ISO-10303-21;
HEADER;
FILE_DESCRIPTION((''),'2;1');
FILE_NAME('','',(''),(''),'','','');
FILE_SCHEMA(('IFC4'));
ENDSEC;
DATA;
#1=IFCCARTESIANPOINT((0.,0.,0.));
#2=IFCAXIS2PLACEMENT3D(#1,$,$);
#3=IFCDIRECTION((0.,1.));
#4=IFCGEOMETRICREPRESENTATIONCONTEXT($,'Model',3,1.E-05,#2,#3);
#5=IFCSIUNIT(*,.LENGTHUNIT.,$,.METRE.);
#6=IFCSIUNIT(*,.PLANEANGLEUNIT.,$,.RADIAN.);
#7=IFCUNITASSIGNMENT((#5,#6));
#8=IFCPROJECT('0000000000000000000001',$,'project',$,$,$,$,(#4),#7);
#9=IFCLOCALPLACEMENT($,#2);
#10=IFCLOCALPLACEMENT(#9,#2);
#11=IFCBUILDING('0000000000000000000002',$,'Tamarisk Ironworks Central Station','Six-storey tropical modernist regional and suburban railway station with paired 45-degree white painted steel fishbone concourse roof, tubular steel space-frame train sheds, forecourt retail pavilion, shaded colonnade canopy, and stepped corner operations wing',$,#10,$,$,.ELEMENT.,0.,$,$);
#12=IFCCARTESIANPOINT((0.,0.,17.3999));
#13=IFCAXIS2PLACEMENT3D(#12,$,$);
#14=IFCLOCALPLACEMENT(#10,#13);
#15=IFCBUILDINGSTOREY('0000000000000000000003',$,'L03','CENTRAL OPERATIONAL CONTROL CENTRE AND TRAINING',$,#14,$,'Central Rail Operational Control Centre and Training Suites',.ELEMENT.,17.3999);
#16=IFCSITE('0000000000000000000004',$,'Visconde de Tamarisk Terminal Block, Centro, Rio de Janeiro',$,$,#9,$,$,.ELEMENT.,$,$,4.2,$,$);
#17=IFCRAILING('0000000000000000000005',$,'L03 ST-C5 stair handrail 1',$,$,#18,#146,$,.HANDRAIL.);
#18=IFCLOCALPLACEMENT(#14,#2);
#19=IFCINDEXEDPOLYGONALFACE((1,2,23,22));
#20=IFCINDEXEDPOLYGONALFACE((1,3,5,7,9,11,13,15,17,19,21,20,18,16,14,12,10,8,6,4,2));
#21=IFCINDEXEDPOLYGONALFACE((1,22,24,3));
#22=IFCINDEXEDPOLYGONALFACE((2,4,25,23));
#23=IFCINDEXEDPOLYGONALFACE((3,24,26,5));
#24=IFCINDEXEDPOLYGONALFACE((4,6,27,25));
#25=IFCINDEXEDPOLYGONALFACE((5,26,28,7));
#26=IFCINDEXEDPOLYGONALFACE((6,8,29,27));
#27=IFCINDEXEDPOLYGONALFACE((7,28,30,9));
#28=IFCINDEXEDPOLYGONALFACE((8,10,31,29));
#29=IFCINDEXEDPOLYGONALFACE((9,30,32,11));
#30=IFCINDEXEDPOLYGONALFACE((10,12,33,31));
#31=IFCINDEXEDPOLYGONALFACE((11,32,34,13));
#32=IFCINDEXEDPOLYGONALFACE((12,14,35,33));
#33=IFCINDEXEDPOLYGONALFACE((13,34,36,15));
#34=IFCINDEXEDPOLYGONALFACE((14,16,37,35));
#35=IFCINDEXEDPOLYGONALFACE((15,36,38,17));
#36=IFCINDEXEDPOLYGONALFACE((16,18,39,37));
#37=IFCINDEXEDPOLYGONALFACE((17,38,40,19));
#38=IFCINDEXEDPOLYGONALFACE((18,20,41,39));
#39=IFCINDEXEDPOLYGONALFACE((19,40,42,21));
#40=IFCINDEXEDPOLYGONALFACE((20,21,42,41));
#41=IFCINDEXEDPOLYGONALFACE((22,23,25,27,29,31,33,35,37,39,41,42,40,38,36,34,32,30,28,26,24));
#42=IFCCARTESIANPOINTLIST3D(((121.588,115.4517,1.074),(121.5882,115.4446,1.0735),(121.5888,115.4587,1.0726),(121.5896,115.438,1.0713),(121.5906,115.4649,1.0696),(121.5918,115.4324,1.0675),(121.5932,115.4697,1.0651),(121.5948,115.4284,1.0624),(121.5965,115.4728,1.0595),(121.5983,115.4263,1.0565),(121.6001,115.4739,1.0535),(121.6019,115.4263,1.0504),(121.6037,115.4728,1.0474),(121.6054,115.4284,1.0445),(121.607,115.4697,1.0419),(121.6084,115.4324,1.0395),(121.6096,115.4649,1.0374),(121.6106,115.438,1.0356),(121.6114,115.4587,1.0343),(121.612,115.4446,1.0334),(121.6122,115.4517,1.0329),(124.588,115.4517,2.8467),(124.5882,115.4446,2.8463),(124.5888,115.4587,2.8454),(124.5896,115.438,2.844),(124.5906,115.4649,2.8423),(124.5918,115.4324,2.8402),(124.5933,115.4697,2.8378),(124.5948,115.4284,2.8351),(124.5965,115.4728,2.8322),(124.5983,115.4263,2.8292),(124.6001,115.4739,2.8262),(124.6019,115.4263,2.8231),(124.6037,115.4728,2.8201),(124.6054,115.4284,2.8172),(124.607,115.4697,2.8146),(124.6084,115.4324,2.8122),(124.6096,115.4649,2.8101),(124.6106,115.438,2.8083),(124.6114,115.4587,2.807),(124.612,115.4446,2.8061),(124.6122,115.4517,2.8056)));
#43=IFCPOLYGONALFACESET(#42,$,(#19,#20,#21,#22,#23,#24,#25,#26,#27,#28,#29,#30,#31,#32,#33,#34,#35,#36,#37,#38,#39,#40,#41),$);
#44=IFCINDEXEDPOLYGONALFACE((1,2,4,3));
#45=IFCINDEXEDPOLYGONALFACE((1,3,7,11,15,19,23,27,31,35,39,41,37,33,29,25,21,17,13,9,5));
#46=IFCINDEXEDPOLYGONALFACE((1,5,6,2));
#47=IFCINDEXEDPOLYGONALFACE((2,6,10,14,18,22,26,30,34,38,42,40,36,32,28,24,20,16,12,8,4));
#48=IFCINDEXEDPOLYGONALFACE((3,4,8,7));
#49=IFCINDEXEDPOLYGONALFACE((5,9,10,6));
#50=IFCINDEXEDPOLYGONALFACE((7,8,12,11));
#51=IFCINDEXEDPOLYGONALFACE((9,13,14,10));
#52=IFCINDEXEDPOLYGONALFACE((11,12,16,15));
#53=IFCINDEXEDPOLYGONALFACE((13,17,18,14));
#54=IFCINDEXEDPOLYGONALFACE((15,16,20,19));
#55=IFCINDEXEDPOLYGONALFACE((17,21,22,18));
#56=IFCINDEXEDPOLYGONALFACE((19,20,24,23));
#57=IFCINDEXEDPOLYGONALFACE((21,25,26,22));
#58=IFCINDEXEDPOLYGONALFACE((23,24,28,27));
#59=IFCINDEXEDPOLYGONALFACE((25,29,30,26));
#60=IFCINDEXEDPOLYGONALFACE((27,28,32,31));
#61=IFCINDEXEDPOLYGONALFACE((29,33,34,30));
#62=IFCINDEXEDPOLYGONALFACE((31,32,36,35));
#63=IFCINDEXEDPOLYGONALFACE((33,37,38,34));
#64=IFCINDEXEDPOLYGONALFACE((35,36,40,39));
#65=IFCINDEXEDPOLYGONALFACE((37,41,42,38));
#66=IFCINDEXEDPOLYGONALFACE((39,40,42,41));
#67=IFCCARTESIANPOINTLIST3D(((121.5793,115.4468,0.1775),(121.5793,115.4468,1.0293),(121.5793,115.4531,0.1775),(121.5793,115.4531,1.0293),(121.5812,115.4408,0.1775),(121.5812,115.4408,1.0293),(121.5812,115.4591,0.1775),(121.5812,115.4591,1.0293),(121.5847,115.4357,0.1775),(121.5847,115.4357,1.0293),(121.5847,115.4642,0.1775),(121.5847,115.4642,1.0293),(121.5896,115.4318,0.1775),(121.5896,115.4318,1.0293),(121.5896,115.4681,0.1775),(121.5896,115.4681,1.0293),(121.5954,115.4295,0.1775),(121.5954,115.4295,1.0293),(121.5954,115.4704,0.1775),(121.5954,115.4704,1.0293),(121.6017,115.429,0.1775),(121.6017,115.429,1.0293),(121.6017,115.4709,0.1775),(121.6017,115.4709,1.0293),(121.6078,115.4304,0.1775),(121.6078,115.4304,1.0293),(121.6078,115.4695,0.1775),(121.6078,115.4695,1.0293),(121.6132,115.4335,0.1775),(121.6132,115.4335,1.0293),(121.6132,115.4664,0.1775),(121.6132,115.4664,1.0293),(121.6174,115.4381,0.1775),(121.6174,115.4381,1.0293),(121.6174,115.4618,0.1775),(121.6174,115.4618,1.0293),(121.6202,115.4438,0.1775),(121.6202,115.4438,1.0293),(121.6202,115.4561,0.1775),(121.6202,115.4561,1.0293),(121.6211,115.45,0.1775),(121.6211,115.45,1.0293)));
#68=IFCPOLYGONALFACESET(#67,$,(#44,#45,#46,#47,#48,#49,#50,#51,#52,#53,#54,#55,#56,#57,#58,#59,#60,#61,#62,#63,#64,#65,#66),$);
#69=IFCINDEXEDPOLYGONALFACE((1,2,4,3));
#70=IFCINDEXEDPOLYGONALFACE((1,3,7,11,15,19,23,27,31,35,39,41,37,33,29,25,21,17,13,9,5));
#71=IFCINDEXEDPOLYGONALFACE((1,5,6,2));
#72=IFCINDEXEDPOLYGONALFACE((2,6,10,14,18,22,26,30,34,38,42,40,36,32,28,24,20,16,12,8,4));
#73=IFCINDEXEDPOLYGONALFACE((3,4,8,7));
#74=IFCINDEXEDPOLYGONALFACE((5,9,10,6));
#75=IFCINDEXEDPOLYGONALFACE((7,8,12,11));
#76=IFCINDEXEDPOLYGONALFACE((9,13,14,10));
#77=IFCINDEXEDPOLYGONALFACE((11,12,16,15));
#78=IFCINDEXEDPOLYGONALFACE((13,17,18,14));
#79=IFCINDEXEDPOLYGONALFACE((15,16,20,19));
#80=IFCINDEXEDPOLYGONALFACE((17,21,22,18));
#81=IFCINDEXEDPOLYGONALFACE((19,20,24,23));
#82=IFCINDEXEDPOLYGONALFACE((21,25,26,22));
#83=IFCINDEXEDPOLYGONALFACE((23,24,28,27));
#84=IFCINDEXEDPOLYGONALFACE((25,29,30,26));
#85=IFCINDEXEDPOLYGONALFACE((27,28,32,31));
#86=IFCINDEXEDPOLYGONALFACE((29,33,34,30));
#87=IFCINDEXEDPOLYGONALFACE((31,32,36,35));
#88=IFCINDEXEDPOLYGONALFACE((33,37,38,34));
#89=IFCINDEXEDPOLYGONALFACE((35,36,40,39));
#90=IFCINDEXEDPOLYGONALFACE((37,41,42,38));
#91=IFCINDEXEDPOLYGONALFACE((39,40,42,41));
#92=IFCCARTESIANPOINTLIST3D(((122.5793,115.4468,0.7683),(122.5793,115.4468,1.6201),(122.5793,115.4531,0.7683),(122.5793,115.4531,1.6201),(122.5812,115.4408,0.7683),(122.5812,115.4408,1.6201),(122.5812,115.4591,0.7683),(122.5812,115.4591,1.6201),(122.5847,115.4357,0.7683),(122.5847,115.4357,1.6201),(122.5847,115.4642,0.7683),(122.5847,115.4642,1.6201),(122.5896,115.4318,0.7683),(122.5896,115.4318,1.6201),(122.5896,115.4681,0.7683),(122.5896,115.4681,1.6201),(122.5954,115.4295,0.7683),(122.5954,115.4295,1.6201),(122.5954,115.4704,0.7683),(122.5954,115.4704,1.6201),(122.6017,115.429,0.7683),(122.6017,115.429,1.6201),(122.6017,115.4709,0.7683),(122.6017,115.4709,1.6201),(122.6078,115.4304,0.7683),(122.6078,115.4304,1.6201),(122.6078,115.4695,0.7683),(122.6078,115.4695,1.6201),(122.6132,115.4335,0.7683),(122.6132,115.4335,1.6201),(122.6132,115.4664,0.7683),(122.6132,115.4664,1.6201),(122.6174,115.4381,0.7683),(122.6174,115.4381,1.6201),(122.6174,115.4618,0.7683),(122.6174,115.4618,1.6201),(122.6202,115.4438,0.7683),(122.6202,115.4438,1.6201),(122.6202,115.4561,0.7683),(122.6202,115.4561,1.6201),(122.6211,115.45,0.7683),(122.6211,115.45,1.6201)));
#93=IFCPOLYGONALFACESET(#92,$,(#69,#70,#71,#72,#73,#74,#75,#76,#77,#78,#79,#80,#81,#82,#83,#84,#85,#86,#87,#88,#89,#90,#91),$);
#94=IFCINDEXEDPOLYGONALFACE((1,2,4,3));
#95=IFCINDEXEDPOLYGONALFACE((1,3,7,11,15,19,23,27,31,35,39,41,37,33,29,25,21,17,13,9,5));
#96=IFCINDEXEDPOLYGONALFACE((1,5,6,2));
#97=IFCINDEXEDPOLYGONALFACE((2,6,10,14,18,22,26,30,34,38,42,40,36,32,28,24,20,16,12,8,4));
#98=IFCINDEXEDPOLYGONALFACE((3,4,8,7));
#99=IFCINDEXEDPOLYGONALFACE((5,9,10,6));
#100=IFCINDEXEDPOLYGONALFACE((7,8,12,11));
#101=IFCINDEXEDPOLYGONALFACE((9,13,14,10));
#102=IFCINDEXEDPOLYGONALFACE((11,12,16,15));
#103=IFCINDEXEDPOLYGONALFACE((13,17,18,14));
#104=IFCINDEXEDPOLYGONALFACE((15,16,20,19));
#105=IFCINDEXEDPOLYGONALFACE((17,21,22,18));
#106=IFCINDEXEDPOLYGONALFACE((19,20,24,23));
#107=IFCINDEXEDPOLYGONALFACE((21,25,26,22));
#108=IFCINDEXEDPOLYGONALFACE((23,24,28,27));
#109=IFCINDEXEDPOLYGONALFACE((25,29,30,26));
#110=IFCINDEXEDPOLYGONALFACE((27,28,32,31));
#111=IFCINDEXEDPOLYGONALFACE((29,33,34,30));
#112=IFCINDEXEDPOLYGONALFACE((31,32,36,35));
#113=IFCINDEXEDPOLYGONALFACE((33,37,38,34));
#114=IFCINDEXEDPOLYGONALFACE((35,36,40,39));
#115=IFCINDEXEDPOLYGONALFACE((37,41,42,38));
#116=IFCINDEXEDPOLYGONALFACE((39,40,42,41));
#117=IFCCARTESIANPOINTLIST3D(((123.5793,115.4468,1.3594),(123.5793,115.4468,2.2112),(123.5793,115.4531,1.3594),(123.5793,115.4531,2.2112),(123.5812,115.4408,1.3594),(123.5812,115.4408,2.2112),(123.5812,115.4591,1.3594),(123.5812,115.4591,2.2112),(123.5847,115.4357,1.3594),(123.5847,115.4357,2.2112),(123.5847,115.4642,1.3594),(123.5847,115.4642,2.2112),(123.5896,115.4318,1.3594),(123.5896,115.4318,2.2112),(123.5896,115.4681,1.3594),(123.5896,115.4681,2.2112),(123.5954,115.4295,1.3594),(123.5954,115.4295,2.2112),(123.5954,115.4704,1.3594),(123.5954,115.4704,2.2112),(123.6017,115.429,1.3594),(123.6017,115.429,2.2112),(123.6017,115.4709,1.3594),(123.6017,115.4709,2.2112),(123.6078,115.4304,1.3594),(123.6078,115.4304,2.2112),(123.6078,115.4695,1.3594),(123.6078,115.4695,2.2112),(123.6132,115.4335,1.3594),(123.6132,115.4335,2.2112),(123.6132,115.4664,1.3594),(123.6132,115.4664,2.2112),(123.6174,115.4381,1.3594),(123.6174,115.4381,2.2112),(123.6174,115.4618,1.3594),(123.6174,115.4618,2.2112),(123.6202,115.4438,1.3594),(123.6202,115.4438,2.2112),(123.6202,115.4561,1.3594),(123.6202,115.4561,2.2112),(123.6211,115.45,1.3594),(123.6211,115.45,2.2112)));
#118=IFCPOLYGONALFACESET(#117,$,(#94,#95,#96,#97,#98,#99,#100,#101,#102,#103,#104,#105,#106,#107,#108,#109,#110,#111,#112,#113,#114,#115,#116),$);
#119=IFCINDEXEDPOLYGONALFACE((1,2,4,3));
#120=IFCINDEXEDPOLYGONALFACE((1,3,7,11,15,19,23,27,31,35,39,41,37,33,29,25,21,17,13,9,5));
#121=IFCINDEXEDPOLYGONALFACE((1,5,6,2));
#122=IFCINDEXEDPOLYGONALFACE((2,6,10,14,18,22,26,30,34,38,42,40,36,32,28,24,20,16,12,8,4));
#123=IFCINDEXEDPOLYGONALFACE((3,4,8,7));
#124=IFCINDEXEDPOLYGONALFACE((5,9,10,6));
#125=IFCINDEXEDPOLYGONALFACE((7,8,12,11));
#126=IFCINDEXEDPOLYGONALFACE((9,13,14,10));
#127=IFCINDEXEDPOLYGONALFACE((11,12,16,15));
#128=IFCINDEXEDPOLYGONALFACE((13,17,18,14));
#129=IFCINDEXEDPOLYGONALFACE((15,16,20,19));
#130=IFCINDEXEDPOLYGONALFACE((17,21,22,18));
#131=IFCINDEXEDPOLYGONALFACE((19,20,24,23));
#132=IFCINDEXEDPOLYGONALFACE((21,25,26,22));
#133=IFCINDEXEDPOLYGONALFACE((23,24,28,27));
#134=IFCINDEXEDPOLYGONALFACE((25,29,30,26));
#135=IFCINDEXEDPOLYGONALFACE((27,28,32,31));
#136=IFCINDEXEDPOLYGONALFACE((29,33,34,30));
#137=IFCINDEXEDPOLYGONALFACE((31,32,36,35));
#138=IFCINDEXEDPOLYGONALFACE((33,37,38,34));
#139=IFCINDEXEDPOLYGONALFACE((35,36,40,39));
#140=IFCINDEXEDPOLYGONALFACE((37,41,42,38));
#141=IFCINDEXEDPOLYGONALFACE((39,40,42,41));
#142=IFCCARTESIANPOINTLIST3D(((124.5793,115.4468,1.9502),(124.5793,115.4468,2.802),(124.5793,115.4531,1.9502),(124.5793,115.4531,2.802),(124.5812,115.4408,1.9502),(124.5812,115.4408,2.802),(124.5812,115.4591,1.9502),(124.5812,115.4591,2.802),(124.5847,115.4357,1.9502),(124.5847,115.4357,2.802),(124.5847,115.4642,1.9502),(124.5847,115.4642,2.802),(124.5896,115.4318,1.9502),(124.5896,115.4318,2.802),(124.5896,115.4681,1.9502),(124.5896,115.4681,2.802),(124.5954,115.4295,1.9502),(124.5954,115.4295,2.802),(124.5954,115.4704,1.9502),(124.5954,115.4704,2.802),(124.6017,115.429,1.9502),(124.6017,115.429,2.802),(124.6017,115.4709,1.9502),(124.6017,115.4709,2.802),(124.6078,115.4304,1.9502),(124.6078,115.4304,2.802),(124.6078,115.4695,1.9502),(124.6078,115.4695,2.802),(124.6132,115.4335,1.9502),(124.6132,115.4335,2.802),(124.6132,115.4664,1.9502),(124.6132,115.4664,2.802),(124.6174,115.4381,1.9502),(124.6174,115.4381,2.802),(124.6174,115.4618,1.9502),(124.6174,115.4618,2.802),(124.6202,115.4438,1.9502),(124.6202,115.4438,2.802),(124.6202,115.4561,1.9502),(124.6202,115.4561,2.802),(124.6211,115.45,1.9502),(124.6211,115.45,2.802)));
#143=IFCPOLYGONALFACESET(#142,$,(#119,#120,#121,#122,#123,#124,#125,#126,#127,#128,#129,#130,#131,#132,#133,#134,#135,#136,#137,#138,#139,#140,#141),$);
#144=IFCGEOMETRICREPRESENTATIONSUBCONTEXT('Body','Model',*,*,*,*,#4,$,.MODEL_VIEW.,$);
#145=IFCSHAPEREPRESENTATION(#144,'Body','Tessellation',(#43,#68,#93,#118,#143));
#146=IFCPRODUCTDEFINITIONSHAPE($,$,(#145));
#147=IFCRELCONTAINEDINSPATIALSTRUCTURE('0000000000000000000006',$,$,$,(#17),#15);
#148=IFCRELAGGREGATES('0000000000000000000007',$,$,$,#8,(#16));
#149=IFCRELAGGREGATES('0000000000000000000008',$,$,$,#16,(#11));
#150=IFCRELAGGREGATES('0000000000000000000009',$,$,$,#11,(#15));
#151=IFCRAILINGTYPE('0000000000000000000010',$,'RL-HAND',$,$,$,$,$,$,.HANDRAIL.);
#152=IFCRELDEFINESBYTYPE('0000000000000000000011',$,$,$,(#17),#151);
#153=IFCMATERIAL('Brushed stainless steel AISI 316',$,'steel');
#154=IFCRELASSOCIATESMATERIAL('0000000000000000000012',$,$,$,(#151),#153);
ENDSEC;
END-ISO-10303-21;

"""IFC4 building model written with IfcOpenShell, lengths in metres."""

from ifc_helpers import new_model, si_unit, direction, frame, origin, origin_2d, place, context, subcontext, project, spatial, circle, extrude, material, type_object, element, save


model = new_model("IFC4")

# Units and contexts
model_context = context("Model", 3, precision=1e-05, world=origin(), true_north=direction((0.0, 1.0)))
body_context = subcontext(model_context, "Body", "Model", "MODEL_VIEW")
ifc_project = project(units=[si_unit("LENGTHUNIT", "METRE"), si_unit("PLANEANGLEUNIT", "RADIAN")], contexts=[model_context])

# Site, building, storey
site_placement = place(None, origin())
site = spatial("IfcSite", under=ifc_project, at=site_placement, Name="Visconde de Tamarisk Terminal Block, Centro, Rio de Janeiro", CompositionType="ELEMENT", RefElevation=4.2)
building_placement = place(site_placement, origin())
building = spatial("IfcBuilding", under=site, at=building_placement, Name="Tamarisk Ironworks Central Station", Description="Six-storey tropical modernist regional and suburban railway station with paired 45-degree white painted steel fishbone concourse roof, tubular steel space-frame train sheds, forecourt retail pavilion, shaded colonnade canopy, and stepped corner operations wing", CompositionType="ELEMENT", ElevationOfRefHeight=0.0)
storey_placement = place(building_placement, frame((0.0, 0.0, 17.3999)))
storey = spatial("IfcBuildingStorey", under=building, at=storey_placement, Name="L03", Description="CENTRAL OPERATIONAL CONTROL CENTRE AND TRAINING", LongName="Central Rail Operational Control Centre and Training Suites", CompositionType="ELEMENT", Elevation=17.3999)

# Railing
ifc_material_1 = material(Name="Brushed stainless steel AISI 316", Category="steel")
railing_type_1 = type_object("IfcRailingType", Name="RL-HAND", PredefinedType="HANDRAIL", material=ifc_material_1)
railing_1_placement = place(storey_placement, frame((121.6001, 115.45, 0.1775)))
element("IfcRailing", 1, at=railing_1_placement, inside=storey, type_object=railing_type_1, Name="L03 ST-C5 stair handrail 1", PredefinedType="HANDRAIL", context=body_context, shape_type="SweptSolid", body=[
    extrude(circle(Radius=0.0239, at=origin_2d()), frame((0.0, 0.0, 0.876), z_axis=(0.860929, 0.0, 0.508725), x_axis=(0.0, 1.0, 0.0)), (0.0, 0.0, 1.0), 3.4846),
    extrude(circle(Radius=0.021, at=origin_2d()), origin(), (0.0, 0.0, 1.0), 0.8518),
    extrude(circle(Radius=0.021, at=origin_2d()), frame((1.0, 0.0, 0.5908)), (0.0, 0.0, 1.0), 0.8518),
    extrude(circle(Radius=0.021, at=origin_2d()), frame((2.0, 0.0, 1.1819)), (0.0, 0.0, 1.0), 0.8518),
    extrude(circle(Radius=0.021, at=origin_2d()), frame((3.0, 0.0, 1.7727)), (0.0, 0.0, 1.0), 0.8518),
])

save(model, "model.ifc")
